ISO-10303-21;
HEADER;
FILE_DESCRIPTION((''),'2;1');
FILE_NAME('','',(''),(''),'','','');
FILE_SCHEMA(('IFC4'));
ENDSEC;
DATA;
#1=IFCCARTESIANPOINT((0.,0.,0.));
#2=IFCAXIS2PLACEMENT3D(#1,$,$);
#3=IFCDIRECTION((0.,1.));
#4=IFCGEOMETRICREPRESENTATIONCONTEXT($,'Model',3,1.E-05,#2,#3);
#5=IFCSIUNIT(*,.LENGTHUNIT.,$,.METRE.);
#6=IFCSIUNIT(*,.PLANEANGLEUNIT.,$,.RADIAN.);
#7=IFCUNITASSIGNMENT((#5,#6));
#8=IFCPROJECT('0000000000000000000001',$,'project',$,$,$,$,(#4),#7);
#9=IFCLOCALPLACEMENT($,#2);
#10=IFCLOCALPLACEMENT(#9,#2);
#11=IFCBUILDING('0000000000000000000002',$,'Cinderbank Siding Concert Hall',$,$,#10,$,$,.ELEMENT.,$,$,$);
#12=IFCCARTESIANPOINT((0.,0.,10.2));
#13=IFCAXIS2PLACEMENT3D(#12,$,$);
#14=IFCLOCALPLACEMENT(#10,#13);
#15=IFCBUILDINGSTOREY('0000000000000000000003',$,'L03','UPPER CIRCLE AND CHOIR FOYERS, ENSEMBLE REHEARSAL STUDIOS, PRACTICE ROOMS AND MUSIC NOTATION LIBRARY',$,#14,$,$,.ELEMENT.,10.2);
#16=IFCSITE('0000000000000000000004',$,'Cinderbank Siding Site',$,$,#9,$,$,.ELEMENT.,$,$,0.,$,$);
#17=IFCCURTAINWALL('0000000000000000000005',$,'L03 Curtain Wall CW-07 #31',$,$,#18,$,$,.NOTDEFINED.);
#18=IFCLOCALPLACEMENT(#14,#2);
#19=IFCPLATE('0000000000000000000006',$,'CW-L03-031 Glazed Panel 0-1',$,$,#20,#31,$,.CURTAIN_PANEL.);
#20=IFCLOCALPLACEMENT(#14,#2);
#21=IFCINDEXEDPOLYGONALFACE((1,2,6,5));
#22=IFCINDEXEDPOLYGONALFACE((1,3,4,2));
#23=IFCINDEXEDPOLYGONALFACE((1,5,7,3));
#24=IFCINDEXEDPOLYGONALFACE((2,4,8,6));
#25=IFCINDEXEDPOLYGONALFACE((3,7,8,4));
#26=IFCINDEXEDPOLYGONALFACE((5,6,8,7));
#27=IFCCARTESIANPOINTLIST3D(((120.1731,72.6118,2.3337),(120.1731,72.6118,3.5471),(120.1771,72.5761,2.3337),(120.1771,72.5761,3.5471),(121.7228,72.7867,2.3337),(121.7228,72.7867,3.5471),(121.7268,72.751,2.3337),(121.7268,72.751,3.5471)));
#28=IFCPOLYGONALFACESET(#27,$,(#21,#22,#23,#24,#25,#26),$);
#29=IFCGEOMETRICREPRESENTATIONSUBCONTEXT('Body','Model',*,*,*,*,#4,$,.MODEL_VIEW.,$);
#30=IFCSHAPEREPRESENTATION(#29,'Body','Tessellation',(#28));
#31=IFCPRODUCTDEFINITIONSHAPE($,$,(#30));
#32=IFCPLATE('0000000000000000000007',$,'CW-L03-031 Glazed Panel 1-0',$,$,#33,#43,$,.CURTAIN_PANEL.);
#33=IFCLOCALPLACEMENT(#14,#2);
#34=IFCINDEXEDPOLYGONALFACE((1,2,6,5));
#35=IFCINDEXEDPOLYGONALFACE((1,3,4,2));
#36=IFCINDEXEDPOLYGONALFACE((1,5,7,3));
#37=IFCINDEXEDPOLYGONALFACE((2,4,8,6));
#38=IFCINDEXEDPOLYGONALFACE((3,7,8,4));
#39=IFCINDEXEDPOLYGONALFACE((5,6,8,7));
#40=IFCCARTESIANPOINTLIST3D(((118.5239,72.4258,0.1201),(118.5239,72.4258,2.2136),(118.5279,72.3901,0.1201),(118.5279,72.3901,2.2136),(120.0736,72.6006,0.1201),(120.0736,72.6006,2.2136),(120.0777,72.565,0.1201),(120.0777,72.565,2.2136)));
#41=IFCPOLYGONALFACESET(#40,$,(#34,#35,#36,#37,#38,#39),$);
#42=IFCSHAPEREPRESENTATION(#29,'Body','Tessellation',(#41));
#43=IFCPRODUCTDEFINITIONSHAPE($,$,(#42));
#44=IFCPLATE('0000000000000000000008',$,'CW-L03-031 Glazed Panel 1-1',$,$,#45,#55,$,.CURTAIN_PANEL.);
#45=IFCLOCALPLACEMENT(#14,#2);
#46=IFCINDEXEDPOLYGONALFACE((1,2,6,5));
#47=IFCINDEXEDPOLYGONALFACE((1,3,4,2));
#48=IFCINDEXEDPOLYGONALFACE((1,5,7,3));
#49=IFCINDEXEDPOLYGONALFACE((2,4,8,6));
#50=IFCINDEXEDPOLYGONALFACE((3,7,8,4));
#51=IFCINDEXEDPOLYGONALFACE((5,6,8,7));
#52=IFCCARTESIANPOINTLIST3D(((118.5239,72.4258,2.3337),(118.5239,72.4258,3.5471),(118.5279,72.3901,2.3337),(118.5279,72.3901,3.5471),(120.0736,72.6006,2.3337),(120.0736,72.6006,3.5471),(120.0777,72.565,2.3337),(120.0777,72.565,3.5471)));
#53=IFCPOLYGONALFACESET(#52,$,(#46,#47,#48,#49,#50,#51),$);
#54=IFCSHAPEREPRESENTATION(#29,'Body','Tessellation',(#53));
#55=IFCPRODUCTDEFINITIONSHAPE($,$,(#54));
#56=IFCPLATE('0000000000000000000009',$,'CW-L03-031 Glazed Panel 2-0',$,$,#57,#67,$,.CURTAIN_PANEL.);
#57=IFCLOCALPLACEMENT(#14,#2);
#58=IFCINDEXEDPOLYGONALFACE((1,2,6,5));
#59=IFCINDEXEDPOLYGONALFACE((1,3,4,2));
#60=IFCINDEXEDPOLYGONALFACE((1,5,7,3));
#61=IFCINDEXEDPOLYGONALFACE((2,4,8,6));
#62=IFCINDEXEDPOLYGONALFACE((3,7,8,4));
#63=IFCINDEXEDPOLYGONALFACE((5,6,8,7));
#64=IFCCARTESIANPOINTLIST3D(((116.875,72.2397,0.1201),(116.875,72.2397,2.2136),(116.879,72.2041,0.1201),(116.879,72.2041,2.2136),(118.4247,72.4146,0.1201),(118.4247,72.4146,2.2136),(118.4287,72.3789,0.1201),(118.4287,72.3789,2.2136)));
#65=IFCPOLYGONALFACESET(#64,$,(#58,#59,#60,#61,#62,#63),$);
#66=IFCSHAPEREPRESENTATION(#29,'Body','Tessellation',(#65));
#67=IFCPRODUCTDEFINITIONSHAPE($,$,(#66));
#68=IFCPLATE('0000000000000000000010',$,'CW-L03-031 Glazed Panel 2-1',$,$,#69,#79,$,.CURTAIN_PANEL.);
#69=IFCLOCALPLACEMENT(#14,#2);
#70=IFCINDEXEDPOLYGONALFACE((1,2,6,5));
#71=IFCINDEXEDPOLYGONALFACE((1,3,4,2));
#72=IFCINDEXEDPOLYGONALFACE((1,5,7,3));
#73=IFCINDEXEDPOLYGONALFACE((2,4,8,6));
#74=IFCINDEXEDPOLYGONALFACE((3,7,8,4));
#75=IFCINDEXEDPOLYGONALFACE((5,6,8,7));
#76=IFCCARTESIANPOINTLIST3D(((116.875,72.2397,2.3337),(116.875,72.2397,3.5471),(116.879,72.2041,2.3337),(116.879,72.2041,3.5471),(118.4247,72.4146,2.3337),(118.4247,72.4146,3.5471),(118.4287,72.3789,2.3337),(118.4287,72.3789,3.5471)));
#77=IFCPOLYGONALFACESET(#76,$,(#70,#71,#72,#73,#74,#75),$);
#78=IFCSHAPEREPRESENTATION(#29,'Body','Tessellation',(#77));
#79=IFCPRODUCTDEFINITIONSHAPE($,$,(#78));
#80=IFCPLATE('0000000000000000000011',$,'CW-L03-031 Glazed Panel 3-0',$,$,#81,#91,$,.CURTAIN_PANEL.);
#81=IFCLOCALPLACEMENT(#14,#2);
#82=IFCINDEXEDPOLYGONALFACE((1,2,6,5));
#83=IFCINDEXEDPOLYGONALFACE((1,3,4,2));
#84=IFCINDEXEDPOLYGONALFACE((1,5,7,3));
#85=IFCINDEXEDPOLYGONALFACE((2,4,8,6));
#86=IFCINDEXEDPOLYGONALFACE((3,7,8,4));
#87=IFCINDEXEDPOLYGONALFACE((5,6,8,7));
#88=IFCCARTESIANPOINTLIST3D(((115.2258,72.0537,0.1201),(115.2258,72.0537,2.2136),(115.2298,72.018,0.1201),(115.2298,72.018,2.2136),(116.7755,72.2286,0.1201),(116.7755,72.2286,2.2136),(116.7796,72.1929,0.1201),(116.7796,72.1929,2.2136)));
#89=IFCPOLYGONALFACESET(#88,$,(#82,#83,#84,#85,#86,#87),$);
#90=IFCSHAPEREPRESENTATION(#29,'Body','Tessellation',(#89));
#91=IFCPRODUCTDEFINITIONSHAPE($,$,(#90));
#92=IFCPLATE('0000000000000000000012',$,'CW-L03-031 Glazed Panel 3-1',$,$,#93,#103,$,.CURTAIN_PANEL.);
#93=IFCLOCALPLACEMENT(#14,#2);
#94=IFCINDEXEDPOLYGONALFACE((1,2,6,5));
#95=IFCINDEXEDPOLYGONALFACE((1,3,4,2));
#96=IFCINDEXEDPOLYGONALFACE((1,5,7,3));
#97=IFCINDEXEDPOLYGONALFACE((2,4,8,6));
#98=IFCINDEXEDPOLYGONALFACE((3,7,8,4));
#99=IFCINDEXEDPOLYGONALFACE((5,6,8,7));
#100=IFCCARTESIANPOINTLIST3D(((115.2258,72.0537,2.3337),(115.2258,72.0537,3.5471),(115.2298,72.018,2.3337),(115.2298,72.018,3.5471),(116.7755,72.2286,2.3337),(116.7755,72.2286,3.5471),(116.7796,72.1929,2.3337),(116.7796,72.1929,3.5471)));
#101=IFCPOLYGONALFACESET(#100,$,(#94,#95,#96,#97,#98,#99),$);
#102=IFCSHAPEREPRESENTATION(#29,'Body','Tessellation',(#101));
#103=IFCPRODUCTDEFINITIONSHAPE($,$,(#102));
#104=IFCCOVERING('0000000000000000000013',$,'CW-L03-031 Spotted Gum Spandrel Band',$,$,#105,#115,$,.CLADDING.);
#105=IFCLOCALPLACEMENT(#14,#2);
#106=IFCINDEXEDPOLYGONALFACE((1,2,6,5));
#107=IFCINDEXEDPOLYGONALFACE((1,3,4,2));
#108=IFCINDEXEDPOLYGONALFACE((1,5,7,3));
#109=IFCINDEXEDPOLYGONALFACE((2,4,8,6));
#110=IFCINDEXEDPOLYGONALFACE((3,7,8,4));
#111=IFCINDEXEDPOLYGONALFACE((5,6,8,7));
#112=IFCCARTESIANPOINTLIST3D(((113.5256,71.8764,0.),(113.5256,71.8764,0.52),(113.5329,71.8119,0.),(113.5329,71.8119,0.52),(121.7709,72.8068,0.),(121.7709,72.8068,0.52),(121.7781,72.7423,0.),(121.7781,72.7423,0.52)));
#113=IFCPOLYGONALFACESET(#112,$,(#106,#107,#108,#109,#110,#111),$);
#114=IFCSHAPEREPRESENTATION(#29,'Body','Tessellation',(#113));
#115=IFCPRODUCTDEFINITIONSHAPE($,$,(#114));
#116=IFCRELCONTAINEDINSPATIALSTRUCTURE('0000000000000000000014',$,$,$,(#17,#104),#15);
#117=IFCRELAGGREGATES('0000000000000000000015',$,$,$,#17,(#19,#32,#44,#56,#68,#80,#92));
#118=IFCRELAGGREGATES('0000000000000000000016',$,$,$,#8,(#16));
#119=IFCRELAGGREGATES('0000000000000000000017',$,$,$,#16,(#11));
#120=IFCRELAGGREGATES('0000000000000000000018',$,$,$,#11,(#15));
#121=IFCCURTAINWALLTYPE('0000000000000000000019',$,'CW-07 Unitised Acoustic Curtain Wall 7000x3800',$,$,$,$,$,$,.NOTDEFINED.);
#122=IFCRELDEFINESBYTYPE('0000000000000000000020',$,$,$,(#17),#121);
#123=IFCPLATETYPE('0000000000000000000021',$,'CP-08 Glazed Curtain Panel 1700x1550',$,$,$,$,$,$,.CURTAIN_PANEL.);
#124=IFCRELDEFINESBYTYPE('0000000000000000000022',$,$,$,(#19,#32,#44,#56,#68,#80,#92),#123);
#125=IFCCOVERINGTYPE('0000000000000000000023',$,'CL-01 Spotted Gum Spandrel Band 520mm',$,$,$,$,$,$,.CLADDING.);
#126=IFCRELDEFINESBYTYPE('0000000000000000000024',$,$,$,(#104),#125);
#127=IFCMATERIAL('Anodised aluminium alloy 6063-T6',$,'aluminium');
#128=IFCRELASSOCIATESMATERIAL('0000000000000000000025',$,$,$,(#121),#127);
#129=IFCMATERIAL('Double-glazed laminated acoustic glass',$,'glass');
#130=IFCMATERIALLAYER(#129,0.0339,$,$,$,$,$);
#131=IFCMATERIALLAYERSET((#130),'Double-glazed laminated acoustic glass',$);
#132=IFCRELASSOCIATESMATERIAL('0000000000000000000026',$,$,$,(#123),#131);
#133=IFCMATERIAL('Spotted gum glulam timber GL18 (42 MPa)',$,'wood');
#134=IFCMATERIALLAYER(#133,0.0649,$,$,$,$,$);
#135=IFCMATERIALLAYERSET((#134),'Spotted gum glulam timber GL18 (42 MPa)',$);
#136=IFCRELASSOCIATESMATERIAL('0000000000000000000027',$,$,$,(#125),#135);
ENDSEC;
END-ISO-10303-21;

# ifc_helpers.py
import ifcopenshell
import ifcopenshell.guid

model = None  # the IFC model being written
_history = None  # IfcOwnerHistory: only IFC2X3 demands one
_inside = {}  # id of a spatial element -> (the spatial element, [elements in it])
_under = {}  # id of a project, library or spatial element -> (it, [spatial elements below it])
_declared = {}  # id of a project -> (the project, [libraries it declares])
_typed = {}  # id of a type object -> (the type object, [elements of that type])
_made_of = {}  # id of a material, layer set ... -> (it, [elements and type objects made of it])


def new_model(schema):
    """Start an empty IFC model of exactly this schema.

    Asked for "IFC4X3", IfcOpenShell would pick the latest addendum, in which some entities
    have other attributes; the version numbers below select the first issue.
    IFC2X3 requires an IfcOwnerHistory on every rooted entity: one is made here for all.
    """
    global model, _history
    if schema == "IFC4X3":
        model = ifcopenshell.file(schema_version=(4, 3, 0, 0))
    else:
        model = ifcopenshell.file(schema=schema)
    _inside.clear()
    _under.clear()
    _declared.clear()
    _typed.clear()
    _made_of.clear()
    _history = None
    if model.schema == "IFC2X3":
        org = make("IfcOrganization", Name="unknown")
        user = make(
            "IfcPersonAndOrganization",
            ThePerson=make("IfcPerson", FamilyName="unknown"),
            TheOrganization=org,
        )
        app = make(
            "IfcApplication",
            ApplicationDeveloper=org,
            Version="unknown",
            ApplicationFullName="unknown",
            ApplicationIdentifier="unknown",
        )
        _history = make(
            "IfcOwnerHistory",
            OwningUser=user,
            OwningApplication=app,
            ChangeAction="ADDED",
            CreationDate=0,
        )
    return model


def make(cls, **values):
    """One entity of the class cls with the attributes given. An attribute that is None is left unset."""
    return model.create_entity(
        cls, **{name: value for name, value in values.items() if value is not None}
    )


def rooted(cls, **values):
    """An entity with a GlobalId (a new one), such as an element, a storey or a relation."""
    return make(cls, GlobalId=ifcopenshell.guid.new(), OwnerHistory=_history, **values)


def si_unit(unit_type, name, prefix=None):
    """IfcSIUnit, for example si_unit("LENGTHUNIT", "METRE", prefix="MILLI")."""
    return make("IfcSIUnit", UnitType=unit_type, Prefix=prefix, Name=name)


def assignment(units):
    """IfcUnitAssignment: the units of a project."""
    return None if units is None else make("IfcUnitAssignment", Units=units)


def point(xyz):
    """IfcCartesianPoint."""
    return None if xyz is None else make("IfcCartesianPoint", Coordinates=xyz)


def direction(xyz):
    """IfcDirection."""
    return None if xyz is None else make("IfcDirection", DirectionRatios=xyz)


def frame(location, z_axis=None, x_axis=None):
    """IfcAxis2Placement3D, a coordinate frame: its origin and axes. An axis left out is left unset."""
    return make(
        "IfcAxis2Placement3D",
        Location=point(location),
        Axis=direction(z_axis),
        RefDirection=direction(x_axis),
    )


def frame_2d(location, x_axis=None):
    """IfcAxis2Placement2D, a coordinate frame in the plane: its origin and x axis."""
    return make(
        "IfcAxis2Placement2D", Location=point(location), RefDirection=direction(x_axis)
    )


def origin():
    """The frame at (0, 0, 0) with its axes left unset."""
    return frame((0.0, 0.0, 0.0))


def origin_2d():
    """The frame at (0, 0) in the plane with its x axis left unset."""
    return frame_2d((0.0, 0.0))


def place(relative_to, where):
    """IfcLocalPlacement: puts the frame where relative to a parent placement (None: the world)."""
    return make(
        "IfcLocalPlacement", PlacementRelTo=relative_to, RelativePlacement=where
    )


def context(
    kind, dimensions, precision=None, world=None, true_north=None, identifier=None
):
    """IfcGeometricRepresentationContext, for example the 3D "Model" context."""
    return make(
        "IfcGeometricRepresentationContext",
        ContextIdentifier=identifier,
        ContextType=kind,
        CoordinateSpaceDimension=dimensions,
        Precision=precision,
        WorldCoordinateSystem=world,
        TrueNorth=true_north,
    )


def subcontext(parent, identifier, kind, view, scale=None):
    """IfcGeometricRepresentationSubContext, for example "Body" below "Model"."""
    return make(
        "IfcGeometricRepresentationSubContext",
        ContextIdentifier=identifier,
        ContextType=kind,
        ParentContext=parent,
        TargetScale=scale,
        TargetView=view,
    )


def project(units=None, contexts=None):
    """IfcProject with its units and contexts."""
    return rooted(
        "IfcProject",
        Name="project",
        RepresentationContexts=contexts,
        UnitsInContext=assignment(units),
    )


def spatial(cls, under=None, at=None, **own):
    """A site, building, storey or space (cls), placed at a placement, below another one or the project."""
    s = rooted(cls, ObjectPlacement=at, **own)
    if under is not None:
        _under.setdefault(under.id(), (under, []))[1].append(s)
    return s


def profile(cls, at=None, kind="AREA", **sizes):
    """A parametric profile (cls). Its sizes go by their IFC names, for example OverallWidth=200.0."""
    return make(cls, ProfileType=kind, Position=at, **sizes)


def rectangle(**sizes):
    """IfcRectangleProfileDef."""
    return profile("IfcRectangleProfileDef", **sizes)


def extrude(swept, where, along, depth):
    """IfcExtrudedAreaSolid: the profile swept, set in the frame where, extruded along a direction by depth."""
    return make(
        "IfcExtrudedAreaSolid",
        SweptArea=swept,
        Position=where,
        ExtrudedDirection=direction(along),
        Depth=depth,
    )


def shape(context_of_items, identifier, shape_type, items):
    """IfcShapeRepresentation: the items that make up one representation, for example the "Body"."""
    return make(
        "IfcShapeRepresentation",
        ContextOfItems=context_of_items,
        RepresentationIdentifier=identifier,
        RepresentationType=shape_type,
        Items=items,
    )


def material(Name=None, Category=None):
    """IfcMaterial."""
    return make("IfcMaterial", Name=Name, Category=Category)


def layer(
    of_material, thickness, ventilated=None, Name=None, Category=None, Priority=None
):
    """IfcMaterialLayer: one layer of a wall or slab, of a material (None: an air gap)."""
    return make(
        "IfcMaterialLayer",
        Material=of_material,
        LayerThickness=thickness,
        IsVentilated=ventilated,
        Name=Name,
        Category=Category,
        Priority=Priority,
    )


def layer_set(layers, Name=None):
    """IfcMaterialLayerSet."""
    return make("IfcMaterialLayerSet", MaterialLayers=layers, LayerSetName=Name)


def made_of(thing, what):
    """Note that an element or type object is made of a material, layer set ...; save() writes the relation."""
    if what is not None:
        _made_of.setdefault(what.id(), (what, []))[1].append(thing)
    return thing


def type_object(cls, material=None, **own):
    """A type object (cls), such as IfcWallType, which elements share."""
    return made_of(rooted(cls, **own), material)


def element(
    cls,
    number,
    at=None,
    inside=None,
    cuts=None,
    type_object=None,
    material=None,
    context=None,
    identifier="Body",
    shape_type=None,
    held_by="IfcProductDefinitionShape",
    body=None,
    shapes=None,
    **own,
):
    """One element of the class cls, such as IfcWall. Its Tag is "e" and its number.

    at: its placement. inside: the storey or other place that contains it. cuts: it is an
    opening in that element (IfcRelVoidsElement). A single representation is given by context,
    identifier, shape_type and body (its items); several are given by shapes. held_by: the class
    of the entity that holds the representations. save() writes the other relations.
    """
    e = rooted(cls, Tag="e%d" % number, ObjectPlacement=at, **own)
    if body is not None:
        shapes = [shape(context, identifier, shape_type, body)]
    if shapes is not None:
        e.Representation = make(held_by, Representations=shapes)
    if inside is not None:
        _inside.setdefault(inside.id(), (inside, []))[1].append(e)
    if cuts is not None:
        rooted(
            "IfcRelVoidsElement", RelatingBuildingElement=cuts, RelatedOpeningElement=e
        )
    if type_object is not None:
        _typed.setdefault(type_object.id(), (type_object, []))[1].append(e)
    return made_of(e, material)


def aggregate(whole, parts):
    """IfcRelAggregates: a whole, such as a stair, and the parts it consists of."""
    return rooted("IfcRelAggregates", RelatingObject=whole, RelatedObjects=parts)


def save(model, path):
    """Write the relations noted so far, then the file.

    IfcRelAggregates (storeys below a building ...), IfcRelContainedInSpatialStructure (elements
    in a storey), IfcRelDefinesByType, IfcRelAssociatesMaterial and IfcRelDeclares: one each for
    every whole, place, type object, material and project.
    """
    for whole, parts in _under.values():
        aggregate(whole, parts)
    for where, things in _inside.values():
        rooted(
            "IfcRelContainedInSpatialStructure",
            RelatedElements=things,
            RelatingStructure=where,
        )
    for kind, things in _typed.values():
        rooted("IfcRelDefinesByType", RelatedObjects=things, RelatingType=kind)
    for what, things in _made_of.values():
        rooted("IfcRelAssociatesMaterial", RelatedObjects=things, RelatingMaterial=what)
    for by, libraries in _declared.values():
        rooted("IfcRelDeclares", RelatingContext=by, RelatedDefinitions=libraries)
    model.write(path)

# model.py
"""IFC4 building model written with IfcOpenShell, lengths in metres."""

from ifc_helpers import new_model, si_unit, direction, frame, origin, origin_2d, place, context, subcontext, project, spatial, rectangle, extrude, material, layer, layer_set, type_object, element, aggregate, save


model = new_model("IFC4")

# Units and contexts
model_context = context("Model", 3, precision=1e-05, world=origin(), true_north=direction((0.0, 1.0)))
body_context = subcontext(model_context, "Body", "Model", "MODEL_VIEW")
ifc_project = project(units=[si_unit("LENGTHUNIT", "METRE"), si_unit("PLANEANGLEUNIT", "RADIAN")], contexts=[model_context])

# Site, building, storey
site_placement = place(None, origin())
site = spatial("IfcSite", under=ifc_project, at=site_placement, Name="Cinderbank Siding Site", CompositionType="ELEMENT", RefElevation=0.0)
building_placement = place(site_placement, origin())
building = spatial("IfcBuilding", under=site, at=building_placement, Name="Cinderbank Siding Concert Hall", CompositionType="ELEMENT")
storey_placement = place(building_placement, frame((0.0, 0.0, 10.2)))
storey = spatial("IfcBuildingStorey", under=building, at=storey_placement, Name="L03", Description="UPPER CIRCLE AND CHOIR FOYERS, ENSEMBLE REHEARSAL STUDIOS, PRACTICE ROOMS AND MUSIC NOTATION LIBRARY", CompositionType="ELEMENT", Elevation=10.2)

# Shared definitions
ifc_material_1 = material(Name="Anodised aluminium alloy 6063-T6", Category="aluminium")

# Curtain wall
curtain_wall_type_1 = type_object("IfcCurtainWallType", Name="CW-07 Unitised Acoustic Curtain Wall 7000x3800", PredefinedType="NOTDEFINED", material=ifc_material_1)
curtain_wall_1_placement = place(storey_placement, origin())
curtain_wall_1 = element("IfcCurtainWall", 1, at=curtain_wall_1_placement, inside=storey, type_object=curtain_wall_type_1, Name="L03 Curtain Wall CW-07 #31", PredefinedType="NOTDEFINED")

# Plates
ifc_material_2 = material(Name="Double-glazed laminated acoustic glass", Category="glass")
ifc_layer_1 = layer(ifc_material_2, 0.0339)
ifc_layer_set_1 = layer_set([ifc_layer_1], Name="Double-glazed laminated acoustic glass")
plate_type_1 = type_object("IfcPlateType", Name="CP-08 Glazed Curtain Panel 1700x1550", PredefinedType="CURTAIN_PANEL", material=ifc_layer_set_1)
plate_1_placement = place(storey_placement, frame((120.95, 72.6814, 2.3337), z_axis=(0.0, 0.0, 1.0), x_axis=(-0.993694, -0.112129, 0.0)))
plate_1 = element("IfcPlate", 2, at=plate_1_placement, type_object=plate_type_1, Name="CW-L03-031 Glazed Panel 0-1", PredefinedType="CURTAIN_PANEL", context=body_context, shape_type="SweptSolid", body=[
    extrude(rectangle(XDim=1.5596, YDim=0.0359, at=origin_2d()), origin(), (0.0, 0.0, 1.0), 1.2134),
])
plate_2_placement = place(storey_placement, frame((119.3008, 72.4954, 0.1201), z_axis=(0.0, 0.0, 1.0), x_axis=(-0.993694, -0.112129, 0.0)))
plate_2 = element("IfcPlate", 3, at=plate_2_placement, type_object=plate_type_1, Name="CW-L03-031 Glazed Panel 1-0", PredefinedType="CURTAIN_PANEL", context=body_context, shape_type="SweptSolid", body=[
    extrude(rectangle(XDim=1.5596, YDim=0.0359, at=origin_2d()), origin(), (0.0, 0.0, 1.0), 2.0935),
])
plate_3_placement = place(storey_placement, frame((119.3008, 72.4954, 2.3337), z_axis=(0.0, 0.0, 1.0), x_axis=(-0.993694, -0.112129, 0.0)))
plate_3 = element("IfcPlate", 4, at=plate_3_placement, type_object=plate_type_1, Name="CW-L03-031 Glazed Panel 1-1", PredefinedType="CURTAIN_PANEL", context=body_context, shape_type="SweptSolid", body=[
    extrude(rectangle(XDim=1.5596, YDim=0.0359, at=origin_2d()), origin(), (0.0, 0.0, 1.0), 1.2134),
])
plate_4_placement = place(storey_placement, frame((117.6519, 72.3093, 0.1201), z_axis=(0.0, 0.0, 1.0), x_axis=(-0.993694, -0.112129, 0.0)))
plate_4 = element("IfcPlate", 5, at=plate_4_placement, type_object=plate_type_1, Name="CW-L03-031 Glazed Panel 2-0", PredefinedType="CURTAIN_PANEL", context=body_context, shape_type="SweptSolid", body=[
    extrude(rectangle(XDim=1.5596, YDim=0.0359, at=origin_2d()), origin(), (0.0, 0.0, 1.0), 2.0935),
])
plate_5_placement = place(storey_placement, frame((117.6519, 72.3093, 2.3337), z_axis=(0.0, 0.0, 1.0), x_axis=(-0.993694, -0.112129, 0.0)))
plate_5 = element("IfcPlate", 6, at=plate_5_placement, type_object=plate_type_1, Name="CW-L03-031 Glazed Panel 2-1", PredefinedType="CURTAIN_PANEL", context=body_context, shape_type="SweptSolid", body=[
    extrude(rectangle(XDim=1.5596, YDim=0.0359, at=origin_2d()), origin(), (0.0, 0.0, 1.0), 1.2134),
])
plate_6_placement = place(storey_placement, frame((116.0027, 72.1233, 0.1201), z_axis=(0.0, 0.0, 1.0), x_axis=(-0.993694, -0.112129, 0.0)))
plate_6 = element("IfcPlate", 7, at=plate_6_placement, type_object=plate_type_1, Name="CW-L03-031 Glazed Panel 3-0", PredefinedType="CURTAIN_PANEL", context=body_context, shape_type="SweptSolid", body=[
    extrude(rectangle(XDim=1.5596, YDim=0.0359, at=origin_2d()), origin(), (0.0, 0.0, 1.0), 2.0935),
])
plate_7_placement = place(storey_placement, frame((116.0027, 72.1233, 2.3337), z_axis=(0.0, 0.0, 1.0), x_axis=(-0.993694, -0.112129, 0.0)))
plate_7 = element("IfcPlate", 8, at=plate_7_placement, type_object=plate_type_1, Name="CW-L03-031 Glazed Panel 3-1", PredefinedType="CURTAIN_PANEL", context=body_context, shape_type="SweptSolid", body=[
    extrude(rectangle(XDim=1.5596, YDim=0.0359, at=origin_2d()), origin(), (0.0, 0.0, 1.0), 1.2134),
])
aggregate(curtain_wall_1, [plate_1, plate_2, plate_3, plate_4, plate_5, plate_6, plate_7])

# Covering
ifc_material_3 = material(Name="Spotted gum glulam timber GL18 (42 MPa)", Category="wood")
ifc_layer_2 = layer(ifc_material_3, 0.0649)
ifc_layer_set_2 = layer_set([ifc_layer_2], Name="Spotted gum glulam timber GL18 (42 MPa)")
covering_type = type_object("IfcCoveringType", Name="CL-01 Spotted Gum Spandrel Band 520mm", PredefinedType="CLADDING", material=ifc_layer_set_2)
covering_placement = place(storey_placement, frame((117.6519, 72.3093, 0.0), z_axis=(0.0, 0.0, 1.0), x_axis=(-0.993694, -0.112129, 0.0)))
element("IfcCovering", 9, at=covering_placement, inside=storey, type_object=covering_type, Name="CW-L03-031 Spotted Gum Spandrel Band", PredefinedType="CLADDING", context=body_context, shape_type="SweptSolid", body=[
    extrude(rectangle(XDim=8.2976, YDim=0.0649, at=origin_2d()), origin(), (0.0, 0.0, 1.0), 0.52),
])

save(model, "model.ifc")
